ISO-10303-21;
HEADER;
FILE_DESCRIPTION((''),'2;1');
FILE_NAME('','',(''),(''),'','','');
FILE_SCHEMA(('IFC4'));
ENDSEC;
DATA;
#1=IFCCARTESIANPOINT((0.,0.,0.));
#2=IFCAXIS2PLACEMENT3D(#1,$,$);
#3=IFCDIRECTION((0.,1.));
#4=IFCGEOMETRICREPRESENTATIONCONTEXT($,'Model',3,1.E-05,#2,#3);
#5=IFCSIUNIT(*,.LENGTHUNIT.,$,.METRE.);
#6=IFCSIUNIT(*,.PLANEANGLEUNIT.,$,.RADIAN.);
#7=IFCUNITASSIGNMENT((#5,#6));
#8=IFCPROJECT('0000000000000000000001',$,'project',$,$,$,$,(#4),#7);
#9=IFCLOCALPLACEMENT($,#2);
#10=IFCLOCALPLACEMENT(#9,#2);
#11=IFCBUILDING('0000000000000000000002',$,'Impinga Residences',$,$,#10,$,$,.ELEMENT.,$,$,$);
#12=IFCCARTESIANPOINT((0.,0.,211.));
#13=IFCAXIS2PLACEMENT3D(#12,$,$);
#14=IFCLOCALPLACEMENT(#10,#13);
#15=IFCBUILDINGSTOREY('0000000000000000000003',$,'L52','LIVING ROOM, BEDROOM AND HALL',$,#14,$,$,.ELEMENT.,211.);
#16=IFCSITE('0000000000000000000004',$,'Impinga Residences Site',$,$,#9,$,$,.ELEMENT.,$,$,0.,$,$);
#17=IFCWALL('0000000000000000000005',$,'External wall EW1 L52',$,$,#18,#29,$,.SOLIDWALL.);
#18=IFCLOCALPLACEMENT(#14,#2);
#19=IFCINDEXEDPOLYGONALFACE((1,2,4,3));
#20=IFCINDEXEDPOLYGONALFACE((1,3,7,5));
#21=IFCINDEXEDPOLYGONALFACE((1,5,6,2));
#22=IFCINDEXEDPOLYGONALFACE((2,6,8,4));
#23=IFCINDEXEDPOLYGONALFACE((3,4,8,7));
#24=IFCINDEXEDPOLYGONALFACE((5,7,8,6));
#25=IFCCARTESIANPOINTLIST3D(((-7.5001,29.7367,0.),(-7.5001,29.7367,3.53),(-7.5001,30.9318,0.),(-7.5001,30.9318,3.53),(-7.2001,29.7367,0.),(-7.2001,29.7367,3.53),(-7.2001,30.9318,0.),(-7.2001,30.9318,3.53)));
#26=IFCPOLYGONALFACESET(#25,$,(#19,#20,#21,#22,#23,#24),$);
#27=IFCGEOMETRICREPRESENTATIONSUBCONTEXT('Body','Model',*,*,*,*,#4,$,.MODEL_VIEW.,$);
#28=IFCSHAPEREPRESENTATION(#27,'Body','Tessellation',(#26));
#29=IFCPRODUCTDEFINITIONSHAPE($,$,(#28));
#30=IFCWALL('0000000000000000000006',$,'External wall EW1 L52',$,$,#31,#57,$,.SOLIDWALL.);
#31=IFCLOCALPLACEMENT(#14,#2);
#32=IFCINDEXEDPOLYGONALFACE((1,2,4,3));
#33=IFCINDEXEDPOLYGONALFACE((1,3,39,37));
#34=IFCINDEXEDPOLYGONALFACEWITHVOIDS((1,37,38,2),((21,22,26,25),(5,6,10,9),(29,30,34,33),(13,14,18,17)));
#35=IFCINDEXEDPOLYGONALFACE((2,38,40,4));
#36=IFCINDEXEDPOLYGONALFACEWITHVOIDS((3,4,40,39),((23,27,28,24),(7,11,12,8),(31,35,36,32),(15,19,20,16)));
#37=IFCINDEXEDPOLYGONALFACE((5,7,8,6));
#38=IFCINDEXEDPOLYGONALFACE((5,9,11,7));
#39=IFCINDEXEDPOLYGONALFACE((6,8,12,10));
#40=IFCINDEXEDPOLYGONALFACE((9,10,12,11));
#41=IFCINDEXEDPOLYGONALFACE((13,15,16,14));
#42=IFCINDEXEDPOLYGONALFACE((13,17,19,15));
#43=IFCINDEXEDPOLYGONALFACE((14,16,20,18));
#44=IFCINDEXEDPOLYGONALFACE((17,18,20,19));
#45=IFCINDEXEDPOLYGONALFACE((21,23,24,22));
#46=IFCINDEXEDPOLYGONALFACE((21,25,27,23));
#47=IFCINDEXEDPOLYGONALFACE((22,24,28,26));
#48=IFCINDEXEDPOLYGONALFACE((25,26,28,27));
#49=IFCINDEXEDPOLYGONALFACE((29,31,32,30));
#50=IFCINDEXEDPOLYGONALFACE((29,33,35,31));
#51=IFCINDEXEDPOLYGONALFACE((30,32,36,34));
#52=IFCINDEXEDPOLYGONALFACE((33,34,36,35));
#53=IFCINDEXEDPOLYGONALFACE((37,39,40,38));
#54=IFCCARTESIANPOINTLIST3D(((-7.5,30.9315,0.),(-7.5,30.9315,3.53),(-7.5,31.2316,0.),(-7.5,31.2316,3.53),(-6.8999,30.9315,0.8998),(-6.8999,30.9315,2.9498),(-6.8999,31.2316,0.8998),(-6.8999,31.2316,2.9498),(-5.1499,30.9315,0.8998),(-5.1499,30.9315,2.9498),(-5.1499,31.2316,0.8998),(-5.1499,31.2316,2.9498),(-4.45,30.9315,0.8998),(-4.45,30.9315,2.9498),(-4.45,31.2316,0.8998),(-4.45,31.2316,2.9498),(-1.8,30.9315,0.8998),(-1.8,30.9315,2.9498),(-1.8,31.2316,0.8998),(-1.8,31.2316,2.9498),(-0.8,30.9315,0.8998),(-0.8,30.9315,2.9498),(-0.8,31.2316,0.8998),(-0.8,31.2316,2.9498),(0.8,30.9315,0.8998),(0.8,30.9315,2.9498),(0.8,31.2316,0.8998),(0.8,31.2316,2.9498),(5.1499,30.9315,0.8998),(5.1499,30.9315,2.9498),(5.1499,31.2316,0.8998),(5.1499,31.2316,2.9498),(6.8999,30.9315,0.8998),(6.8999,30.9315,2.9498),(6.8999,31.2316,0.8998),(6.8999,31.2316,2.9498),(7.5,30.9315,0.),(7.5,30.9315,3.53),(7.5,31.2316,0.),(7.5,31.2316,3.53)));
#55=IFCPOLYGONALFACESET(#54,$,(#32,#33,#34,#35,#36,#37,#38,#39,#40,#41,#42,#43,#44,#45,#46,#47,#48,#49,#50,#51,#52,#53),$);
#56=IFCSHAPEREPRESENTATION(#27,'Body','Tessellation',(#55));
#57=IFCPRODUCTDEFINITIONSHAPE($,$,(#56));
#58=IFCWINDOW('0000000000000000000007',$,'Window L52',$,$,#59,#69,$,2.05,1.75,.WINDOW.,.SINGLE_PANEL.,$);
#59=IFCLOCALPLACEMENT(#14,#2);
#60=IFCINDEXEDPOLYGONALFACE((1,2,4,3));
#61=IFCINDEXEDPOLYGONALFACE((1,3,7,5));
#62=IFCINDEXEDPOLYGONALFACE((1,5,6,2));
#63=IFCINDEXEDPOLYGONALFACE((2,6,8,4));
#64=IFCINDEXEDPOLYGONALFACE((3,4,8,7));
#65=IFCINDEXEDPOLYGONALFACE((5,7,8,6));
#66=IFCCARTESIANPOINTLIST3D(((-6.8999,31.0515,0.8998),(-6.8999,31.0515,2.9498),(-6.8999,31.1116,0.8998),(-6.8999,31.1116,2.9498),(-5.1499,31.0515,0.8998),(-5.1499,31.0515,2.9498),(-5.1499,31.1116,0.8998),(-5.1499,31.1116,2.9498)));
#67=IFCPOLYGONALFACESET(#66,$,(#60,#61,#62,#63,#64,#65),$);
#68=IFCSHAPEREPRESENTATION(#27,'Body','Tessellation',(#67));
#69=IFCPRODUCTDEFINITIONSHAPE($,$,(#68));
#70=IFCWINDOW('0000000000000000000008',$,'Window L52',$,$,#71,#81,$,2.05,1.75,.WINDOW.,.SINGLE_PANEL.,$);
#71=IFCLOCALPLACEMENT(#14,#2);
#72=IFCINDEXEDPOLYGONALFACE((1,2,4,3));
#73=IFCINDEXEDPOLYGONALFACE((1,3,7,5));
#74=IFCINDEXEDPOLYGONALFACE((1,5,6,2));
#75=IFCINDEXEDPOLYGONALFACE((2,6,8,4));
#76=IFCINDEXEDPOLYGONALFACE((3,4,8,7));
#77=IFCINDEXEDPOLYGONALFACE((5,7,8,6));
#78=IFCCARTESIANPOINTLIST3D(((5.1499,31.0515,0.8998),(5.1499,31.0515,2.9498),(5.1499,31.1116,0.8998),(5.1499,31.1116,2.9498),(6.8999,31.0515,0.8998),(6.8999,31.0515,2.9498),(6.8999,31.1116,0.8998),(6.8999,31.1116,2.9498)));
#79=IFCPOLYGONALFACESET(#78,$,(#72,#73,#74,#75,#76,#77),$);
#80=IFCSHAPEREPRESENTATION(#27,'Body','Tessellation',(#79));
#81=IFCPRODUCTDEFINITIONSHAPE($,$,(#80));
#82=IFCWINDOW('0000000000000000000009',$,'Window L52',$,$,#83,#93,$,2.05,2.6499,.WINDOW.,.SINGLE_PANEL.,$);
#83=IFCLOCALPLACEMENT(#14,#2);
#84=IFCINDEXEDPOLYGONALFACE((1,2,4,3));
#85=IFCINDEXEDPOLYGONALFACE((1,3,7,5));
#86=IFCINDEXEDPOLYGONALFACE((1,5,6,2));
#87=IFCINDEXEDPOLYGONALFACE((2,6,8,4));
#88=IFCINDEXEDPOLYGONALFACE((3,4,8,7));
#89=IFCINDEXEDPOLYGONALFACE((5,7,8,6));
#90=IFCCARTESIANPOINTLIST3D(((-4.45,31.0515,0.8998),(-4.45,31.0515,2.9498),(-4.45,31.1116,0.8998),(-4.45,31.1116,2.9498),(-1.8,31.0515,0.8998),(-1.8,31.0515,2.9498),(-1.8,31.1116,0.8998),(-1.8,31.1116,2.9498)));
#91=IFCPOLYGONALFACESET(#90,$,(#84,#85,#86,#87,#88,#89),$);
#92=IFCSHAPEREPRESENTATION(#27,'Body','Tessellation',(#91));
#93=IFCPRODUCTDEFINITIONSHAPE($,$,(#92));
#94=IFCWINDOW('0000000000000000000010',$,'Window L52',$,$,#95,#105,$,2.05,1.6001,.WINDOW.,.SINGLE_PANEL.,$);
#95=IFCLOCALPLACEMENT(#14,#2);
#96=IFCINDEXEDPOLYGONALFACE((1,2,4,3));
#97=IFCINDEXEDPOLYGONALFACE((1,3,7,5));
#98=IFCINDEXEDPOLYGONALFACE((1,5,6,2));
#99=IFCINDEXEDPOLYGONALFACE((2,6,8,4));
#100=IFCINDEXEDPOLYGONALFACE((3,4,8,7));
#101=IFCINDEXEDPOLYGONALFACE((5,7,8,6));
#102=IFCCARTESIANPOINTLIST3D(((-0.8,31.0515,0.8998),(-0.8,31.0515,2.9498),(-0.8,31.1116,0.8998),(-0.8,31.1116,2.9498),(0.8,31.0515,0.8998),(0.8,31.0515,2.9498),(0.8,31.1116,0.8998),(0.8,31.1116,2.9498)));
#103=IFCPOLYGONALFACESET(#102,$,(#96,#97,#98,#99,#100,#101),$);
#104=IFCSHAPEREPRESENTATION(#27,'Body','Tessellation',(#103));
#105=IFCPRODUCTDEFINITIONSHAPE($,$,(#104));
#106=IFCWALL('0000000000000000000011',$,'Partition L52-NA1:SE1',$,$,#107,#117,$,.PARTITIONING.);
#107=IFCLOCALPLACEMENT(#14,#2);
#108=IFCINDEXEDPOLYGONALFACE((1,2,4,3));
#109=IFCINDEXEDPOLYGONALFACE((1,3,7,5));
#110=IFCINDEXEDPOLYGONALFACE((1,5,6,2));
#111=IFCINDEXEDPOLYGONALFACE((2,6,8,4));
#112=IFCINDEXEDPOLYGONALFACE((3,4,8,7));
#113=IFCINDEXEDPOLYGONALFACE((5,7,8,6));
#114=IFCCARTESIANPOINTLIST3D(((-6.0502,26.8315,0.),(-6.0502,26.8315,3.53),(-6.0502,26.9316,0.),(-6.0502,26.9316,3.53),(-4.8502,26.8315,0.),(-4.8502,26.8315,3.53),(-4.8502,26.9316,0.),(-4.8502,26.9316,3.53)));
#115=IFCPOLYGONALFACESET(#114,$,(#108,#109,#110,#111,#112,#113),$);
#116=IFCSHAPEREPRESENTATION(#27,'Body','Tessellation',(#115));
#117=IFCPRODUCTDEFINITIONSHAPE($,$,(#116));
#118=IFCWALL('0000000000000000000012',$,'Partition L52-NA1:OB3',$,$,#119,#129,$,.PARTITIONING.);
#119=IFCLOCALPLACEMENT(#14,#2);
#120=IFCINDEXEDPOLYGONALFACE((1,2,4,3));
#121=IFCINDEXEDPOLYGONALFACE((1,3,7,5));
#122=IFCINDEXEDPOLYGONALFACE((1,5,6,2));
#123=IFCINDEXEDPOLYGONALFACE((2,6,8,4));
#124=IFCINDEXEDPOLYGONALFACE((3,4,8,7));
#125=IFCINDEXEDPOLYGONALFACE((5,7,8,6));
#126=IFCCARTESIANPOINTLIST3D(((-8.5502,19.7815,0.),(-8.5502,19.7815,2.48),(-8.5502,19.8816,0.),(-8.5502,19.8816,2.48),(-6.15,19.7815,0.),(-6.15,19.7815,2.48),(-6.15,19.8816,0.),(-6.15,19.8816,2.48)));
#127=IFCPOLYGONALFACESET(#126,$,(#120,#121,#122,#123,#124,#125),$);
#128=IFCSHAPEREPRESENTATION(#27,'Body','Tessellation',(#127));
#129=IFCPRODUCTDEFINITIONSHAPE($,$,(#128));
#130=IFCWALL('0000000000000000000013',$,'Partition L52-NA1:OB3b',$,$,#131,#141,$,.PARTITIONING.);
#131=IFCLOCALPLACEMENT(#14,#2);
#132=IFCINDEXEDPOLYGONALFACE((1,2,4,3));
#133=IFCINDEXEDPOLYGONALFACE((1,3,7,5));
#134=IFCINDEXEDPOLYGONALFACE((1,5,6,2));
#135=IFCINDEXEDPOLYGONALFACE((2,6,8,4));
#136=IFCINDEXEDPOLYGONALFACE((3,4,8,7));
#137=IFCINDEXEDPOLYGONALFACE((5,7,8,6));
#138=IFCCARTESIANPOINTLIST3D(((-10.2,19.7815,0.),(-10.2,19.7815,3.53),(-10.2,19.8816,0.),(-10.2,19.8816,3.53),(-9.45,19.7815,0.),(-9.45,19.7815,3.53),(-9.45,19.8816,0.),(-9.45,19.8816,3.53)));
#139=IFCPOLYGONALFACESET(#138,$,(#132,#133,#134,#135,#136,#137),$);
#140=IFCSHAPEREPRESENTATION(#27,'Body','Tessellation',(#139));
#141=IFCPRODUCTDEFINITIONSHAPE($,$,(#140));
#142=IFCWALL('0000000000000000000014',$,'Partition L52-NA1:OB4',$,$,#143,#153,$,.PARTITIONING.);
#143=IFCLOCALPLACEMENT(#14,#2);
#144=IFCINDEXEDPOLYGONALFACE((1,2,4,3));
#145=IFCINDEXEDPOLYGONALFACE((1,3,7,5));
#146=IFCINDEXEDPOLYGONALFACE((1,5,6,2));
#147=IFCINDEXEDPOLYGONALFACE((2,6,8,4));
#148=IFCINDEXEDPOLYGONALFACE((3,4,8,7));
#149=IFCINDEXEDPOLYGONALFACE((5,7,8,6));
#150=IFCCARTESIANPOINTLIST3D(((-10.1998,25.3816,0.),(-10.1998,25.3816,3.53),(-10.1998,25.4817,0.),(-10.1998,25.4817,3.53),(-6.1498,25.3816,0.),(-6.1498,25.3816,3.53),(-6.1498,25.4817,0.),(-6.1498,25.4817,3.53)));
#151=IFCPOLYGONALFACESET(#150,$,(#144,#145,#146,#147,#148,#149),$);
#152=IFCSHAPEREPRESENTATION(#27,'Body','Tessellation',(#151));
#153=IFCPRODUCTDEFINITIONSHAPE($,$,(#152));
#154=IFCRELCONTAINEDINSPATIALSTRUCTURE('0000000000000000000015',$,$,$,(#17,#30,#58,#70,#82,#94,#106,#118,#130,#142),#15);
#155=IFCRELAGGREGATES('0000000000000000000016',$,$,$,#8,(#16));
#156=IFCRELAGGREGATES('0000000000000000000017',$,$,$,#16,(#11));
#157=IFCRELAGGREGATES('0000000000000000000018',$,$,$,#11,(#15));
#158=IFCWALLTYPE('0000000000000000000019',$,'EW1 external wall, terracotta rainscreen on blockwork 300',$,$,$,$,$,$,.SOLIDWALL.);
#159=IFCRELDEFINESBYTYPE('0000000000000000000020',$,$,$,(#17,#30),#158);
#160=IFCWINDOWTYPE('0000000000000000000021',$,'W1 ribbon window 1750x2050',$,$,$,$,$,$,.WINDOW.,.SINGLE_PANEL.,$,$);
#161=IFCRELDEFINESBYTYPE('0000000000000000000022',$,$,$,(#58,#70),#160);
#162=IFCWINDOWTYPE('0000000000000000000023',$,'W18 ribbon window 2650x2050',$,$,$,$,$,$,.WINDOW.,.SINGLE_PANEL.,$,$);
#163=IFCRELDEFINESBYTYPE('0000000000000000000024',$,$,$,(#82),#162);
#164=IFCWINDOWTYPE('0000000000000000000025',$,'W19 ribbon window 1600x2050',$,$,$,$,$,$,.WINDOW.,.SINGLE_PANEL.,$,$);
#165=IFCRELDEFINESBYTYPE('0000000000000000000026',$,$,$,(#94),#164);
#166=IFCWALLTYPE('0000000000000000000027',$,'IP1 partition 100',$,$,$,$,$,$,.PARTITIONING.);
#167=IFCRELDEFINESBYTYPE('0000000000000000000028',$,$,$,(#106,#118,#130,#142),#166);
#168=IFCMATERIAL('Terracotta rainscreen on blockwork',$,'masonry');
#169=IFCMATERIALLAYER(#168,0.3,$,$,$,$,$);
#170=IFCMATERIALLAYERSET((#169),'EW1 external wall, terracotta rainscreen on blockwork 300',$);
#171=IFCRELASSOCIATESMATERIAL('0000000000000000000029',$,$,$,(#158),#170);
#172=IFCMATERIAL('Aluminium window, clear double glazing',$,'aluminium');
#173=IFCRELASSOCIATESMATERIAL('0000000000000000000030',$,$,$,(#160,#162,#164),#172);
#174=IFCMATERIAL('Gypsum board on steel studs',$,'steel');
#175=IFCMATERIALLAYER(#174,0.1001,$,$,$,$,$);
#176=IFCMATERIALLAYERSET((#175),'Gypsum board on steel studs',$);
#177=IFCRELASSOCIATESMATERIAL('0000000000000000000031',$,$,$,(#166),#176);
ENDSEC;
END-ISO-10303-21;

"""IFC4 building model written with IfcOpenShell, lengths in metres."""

from ifc_helpers import new_model, si_unit, direction, frame, frame_2d, origin, place, context, subcontext, project, spatial, rectangle, extrude, material, layer, layer_set, type_object, element, fill, save


model = new_model("IFC4")

# Units and contexts
model_context = context("Model", 3, precision=1e-05, world=origin(), true_north=direction((0.0, 1.0)))
body_context = subcontext(model_context, "Body", "Model", "MODEL_VIEW")
ifc_project = project(units=[si_unit("LENGTHUNIT", "METRE"), si_unit("PLANEANGLEUNIT", "RADIAN")], contexts=[model_context])

# Site, building, storey
site_placement = place(None, origin())
site = spatial("IfcSite", under=ifc_project, at=site_placement, Name="Impinga Residences Site", CompositionType="ELEMENT", RefElevation=0.0)
building_placement = place(site_placement, origin())
building = spatial("IfcBuilding", under=site, at=building_placement, Name="Impinga Residences", CompositionType="ELEMENT")
storey_placement = place(building_placement, frame((0.0, 0.0, 211.0)))
storey = spatial("IfcBuildingStorey", under=building, at=storey_placement, Name="L52", Description="LIVING ROOM, BEDROOM AND HALL", CompositionType="ELEMENT", Elevation=211.0)

# Wall
ifc_material_1 = material(Name="Terracotta rainscreen on blockwork", Category="masonry")
ifc_layer_1 = layer(ifc_material_1, 0.3)
ifc_layer_set_1 = layer_set([ifc_layer_1], Name="EW1 external wall, terracotta rainscreen on blockwork 300")
wall_type_1 = type_object("IfcWallType", Name="EW1 external wall, terracotta rainscreen on blockwork 300", PredefinedType="SOLIDWALL", material=ifc_layer_set_1)
wall_1_placement = place(storey_placement, frame((-7.3501, 29.7366, 0.0), z_axis=(0.0, 0.0, 1.0), x_axis=(0.0, 1.0, 0.0)))
element("IfcWall", 1, at=wall_1_placement, inside=storey, type_object=wall_type_1, Name="External wall EW1 L52", PredefinedType="SOLIDWALL", context=body_context, shape_type="SweptSolid", body=[
    extrude(rectangle(XDim=1.1951, YDim=0.3, at=frame_2d((0.5977, 0.0))), origin(), (0.0, 0.0, 1.0), 3.53),
])

# Wall, openings, windows
wall_2_placement = place(storey_placement, frame((-7.5, 31.0815, 0.0), z_axis=(0.0, 0.0, 1.0), x_axis=(1.0, 0.0, 0.0)))
wall_2 = element("IfcWall", 2, at=wall_2_placement, inside=storey, type_object=wall_type_1, Name="External wall EW1 L52", PredefinedType="SOLIDWALL", context=body_context, shape_type="SweptSolid", body=[
    extrude(rectangle(XDim=15.0, YDim=0.3, at=frame_2d((7.5, 0.0))), origin(), (0.0, 0.0, 1.0), 3.53),
])
opening_1_placement = place(wall_2_placement, frame((0.6001, 0.0, 0.8999)))
opening_1 = element("IfcOpeningElement", 3, at=opening_1_placement, cuts=wall_2, PredefinedType="OPENING", context=body_context, shape_type="SweptSolid", body=[
    extrude(rectangle(XDim=1.75, YDim=2.05, at=frame_2d((0.875, 1.0249))), frame((0.0, 0.1599, 0.0), z_axis=(0.0, -1.0, 0.0), x_axis=(1.0, 0.0, 0.0)), (0.0, 0.0, 1.0), 0.3201),
])
opening_2_placement = place(wall_2_placement, frame((3.05, 0.0, 0.8999)))
opening_2 = element("IfcOpeningElement", 4, at=opening_2_placement, cuts=wall_2, PredefinedType="OPENING", context=body_context, shape_type="SweptSolid", body=[
    extrude(rectangle(XDim=2.6499, YDim=2.05, at=frame_2d((1.325, 1.0249))), frame((0.0, 0.1599, 0.0), z_axis=(0.0, -1.0, 0.0), x_axis=(1.0, 0.0, 0.0)), (0.0, 0.0, 1.0), 0.3201),
])
opening_3_placement = place(wall_2_placement, frame((6.7, 0.0, 0.8999)))
opening_3 = element("IfcOpeningElement", 5, at=opening_3_placement, cuts=wall_2, PredefinedType="OPENING", context=body_context, shape_type="SweptSolid", body=[
    extrude(rectangle(XDim=1.6001, YDim=2.05, at=frame_2d((0.8, 1.0249))), frame((0.0, 0.1599, 0.0), z_axis=(0.0, -1.0, 0.0), x_axis=(1.0, 0.0, 0.0)), (0.0, 0.0, 1.0), 0.3201),
])
opening_4_placement = place(wall_2_placement, frame((12.6499, 0.0, 0.8999)))
opening_4 = element("IfcOpeningElement", 6, at=opening_4_placement, cuts=wall_2, PredefinedType="OPENING", context=body_context, shape_type="SweptSolid", body=[
    extrude(rectangle(XDim=1.75, YDim=2.05, at=frame_2d((0.875, 1.0249))), frame((0.0, 0.1599, 0.0), z_axis=(0.0, -1.0, 0.0), x_axis=(1.0, 0.0, 0.0)), (0.0, 0.0, 1.0), 0.3201),
])
ifc_material_2 = material(Name="Aluminium window, clear double glazing", Category="aluminium")
window_type_1 = type_object("IfcWindowType", Name="W1 ribbon window 1750x2050", PartitioningType="SINGLE_PANEL", PredefinedType="WINDOW", material=ifc_material_2)
window_1_placement = place(opening_1_placement, origin())
window_1 = element("IfcWindow", 7, at=window_1_placement, inside=storey, type_object=window_type_1, Name="Window L52", OverallHeight=2.05, OverallWidth=1.75, PartitioningType="SINGLE_PANEL", PredefinedType="WINDOW", context=body_context, shape_type="SweptSolid", body=[
    extrude(rectangle(XDim=1.75, YDim=2.05, at=frame_2d((0.875, 1.0249))), frame((0.0, 0.03, 0.0), z_axis=(0.0, -1.0, 0.0), x_axis=(1.0, 0.0, 0.0)), (0.0, 0.0, 1.0), 0.0601),
])
fill(opening_1, window_1)
window_2_placement = place(opening_4_placement, origin())
window_2 = element("IfcWindow", 8, at=window_2_placement, inside=storey, type_object=window_type_1, Name="Window L52", OverallHeight=2.05, OverallWidth=1.75, PartitioningType="SINGLE_PANEL", PredefinedType="WINDOW", context=body_context, shape_type="SweptSolid", body=[
    extrude(rectangle(XDim=1.75, YDim=2.05, at=frame_2d((0.875, 1.0249))), frame((0.0, 0.03, 0.0), z_axis=(0.0, -1.0, 0.0), x_axis=(1.0, 0.0, 0.0)), (0.0, 0.0, 1.0), 0.0601),
])
fill(opening_4, window_2)
window_type_2 = type_object("IfcWindowType", Name="W18 ribbon window 2650x2050", PartitioningType="SINGLE_PANEL", PredefinedType="WINDOW", material=ifc_material_2)
window_3_placement = place(opening_2_placement, origin())
window_3 = element("IfcWindow", 9, at=window_3_placement, inside=storey, type_object=window_type_2, Name="Window L52", OverallHeight=2.05, OverallWidth=2.6499, PartitioningType="SINGLE_PANEL", PredefinedType="WINDOW", context=body_context, shape_type="SweptSolid", body=[
    extrude(rectangle(XDim=2.6499, YDim=2.05, at=frame_2d((1.325, 1.0249))), frame((0.0, 0.03, 0.0), z_axis=(0.0, -1.0, 0.0), x_axis=(1.0, 0.0, 0.0)), (0.0, 0.0, 1.0), 0.0601),
])
fill(opening_2, window_3)
window_type_3 = type_object("IfcWindowType", Name="W19 ribbon window 1600x2050", PartitioningType="SINGLE_PANEL", PredefinedType="WINDOW", material=ifc_material_2)
window_4_placement = place(opening_3_placement, origin())
window_4 = element("IfcWindow", 10, at=window_4_placement, inside=storey, type_object=window_type_3, Name="Window L52", OverallHeight=2.05, OverallWidth=1.6001, PartitioningType="SINGLE_PANEL", PredefinedType="WINDOW", context=body_context, shape_type="SweptSolid", body=[
    extrude(rectangle(XDim=1.6001, YDim=2.05, at=frame_2d((0.8, 1.0249))), frame((0.0, 0.03, 0.0), z_axis=(0.0, -1.0, 0.0), x_axis=(1.0, 0.0, 0.0)), (0.0, 0.0, 1.0), 0.0601),
])
fill(opening_3, window_4)

# Walls
ifc_material_3 = material(Name="Gypsum board on steel studs", Category="steel")
ifc_layer_2 = layer(ifc_material_3, 0.1001)
ifc_layer_set_2 = layer_set([ifc_layer_2], Name="Gypsum board on steel studs")
wall_type_2 = type_object("IfcWallType", Name="IP1 partition 100", PredefinedType="PARTITIONING", material=ifc_layer_set_2)
wall_3_placement = place(storey_placement, frame((-4.8501, 26.8816, 0.0), z_axis=(0.0, 0.0, 1.0), x_axis=(-1.0, 0.0, 0.0)))
element("IfcWall", 11, at=wall_3_placement, inside=storey, type_object=wall_type_2, Name="Partition L52-NA1:SE1", PredefinedType="PARTITIONING", context=body_context, shape_type="SweptSolid", body=[
    extrude(rectangle(XDim=1.2, YDim=0.1001, at=frame_2d((0.6001, 0.0))), origin(), (0.0, 0.0, 1.0), 3.53),
])
wall_4_placement = place(storey_placement, frame((-6.1499, 19.8315, 0.0), z_axis=(0.0, 0.0, 1.0), x_axis=(-1.0, 0.0, 0.0)))
element("IfcWall", 12, at=wall_4_placement, inside=storey, type_object=wall_type_2, Name="Partition L52-NA1:OB3", PredefinedType="PARTITIONING", context=body_context, shape_type="SweptSolid", body=[
    extrude(rectangle(XDim=2.4001, YDim=0.1001, at=frame_2d((1.2002, 0.0))), origin(), (0.0, 0.0, 1.0), 2.48),
])
wall_5_placement = place(storey_placement, frame((-9.45, 19.8315, 0.0), z_axis=(0.0, 0.0, 1.0), x_axis=(-1.0, 0.0, 0.0)))
element("IfcWall", 13, at=wall_5_placement, inside=storey, type_object=wall_type_2, Name="Partition L52-NA1:OB3b", PredefinedType="PARTITIONING", context=body_context, shape_type="SweptSolid", body=[
    extrude(rectangle(XDim=0.75, YDim=0.1001, at=frame_2d((0.375, 0.0))), origin(), (0.0, 0.0, 1.0), 3.53),
])
wall_6_placement = place(storey_placement, frame((-6.1499, 25.4316, 0.0), z_axis=(0.0, 0.0, 1.0), x_axis=(-1.0, 0.0, 0.0)))
element("IfcWall", 14, at=wall_6_placement, inside=storey, type_object=wall_type_2, Name="Partition L52-NA1:OB4", PredefinedType="PARTITIONING", context=body_context, shape_type="SweptSolid", body=[
    extrude(rectangle(XDim=4.05, YDim=0.1001, at=frame_2d((2.0249, 0.0))), origin(), (0.0, 0.0, 1.0), 3.53),
])

save(model, "model.ifc")
